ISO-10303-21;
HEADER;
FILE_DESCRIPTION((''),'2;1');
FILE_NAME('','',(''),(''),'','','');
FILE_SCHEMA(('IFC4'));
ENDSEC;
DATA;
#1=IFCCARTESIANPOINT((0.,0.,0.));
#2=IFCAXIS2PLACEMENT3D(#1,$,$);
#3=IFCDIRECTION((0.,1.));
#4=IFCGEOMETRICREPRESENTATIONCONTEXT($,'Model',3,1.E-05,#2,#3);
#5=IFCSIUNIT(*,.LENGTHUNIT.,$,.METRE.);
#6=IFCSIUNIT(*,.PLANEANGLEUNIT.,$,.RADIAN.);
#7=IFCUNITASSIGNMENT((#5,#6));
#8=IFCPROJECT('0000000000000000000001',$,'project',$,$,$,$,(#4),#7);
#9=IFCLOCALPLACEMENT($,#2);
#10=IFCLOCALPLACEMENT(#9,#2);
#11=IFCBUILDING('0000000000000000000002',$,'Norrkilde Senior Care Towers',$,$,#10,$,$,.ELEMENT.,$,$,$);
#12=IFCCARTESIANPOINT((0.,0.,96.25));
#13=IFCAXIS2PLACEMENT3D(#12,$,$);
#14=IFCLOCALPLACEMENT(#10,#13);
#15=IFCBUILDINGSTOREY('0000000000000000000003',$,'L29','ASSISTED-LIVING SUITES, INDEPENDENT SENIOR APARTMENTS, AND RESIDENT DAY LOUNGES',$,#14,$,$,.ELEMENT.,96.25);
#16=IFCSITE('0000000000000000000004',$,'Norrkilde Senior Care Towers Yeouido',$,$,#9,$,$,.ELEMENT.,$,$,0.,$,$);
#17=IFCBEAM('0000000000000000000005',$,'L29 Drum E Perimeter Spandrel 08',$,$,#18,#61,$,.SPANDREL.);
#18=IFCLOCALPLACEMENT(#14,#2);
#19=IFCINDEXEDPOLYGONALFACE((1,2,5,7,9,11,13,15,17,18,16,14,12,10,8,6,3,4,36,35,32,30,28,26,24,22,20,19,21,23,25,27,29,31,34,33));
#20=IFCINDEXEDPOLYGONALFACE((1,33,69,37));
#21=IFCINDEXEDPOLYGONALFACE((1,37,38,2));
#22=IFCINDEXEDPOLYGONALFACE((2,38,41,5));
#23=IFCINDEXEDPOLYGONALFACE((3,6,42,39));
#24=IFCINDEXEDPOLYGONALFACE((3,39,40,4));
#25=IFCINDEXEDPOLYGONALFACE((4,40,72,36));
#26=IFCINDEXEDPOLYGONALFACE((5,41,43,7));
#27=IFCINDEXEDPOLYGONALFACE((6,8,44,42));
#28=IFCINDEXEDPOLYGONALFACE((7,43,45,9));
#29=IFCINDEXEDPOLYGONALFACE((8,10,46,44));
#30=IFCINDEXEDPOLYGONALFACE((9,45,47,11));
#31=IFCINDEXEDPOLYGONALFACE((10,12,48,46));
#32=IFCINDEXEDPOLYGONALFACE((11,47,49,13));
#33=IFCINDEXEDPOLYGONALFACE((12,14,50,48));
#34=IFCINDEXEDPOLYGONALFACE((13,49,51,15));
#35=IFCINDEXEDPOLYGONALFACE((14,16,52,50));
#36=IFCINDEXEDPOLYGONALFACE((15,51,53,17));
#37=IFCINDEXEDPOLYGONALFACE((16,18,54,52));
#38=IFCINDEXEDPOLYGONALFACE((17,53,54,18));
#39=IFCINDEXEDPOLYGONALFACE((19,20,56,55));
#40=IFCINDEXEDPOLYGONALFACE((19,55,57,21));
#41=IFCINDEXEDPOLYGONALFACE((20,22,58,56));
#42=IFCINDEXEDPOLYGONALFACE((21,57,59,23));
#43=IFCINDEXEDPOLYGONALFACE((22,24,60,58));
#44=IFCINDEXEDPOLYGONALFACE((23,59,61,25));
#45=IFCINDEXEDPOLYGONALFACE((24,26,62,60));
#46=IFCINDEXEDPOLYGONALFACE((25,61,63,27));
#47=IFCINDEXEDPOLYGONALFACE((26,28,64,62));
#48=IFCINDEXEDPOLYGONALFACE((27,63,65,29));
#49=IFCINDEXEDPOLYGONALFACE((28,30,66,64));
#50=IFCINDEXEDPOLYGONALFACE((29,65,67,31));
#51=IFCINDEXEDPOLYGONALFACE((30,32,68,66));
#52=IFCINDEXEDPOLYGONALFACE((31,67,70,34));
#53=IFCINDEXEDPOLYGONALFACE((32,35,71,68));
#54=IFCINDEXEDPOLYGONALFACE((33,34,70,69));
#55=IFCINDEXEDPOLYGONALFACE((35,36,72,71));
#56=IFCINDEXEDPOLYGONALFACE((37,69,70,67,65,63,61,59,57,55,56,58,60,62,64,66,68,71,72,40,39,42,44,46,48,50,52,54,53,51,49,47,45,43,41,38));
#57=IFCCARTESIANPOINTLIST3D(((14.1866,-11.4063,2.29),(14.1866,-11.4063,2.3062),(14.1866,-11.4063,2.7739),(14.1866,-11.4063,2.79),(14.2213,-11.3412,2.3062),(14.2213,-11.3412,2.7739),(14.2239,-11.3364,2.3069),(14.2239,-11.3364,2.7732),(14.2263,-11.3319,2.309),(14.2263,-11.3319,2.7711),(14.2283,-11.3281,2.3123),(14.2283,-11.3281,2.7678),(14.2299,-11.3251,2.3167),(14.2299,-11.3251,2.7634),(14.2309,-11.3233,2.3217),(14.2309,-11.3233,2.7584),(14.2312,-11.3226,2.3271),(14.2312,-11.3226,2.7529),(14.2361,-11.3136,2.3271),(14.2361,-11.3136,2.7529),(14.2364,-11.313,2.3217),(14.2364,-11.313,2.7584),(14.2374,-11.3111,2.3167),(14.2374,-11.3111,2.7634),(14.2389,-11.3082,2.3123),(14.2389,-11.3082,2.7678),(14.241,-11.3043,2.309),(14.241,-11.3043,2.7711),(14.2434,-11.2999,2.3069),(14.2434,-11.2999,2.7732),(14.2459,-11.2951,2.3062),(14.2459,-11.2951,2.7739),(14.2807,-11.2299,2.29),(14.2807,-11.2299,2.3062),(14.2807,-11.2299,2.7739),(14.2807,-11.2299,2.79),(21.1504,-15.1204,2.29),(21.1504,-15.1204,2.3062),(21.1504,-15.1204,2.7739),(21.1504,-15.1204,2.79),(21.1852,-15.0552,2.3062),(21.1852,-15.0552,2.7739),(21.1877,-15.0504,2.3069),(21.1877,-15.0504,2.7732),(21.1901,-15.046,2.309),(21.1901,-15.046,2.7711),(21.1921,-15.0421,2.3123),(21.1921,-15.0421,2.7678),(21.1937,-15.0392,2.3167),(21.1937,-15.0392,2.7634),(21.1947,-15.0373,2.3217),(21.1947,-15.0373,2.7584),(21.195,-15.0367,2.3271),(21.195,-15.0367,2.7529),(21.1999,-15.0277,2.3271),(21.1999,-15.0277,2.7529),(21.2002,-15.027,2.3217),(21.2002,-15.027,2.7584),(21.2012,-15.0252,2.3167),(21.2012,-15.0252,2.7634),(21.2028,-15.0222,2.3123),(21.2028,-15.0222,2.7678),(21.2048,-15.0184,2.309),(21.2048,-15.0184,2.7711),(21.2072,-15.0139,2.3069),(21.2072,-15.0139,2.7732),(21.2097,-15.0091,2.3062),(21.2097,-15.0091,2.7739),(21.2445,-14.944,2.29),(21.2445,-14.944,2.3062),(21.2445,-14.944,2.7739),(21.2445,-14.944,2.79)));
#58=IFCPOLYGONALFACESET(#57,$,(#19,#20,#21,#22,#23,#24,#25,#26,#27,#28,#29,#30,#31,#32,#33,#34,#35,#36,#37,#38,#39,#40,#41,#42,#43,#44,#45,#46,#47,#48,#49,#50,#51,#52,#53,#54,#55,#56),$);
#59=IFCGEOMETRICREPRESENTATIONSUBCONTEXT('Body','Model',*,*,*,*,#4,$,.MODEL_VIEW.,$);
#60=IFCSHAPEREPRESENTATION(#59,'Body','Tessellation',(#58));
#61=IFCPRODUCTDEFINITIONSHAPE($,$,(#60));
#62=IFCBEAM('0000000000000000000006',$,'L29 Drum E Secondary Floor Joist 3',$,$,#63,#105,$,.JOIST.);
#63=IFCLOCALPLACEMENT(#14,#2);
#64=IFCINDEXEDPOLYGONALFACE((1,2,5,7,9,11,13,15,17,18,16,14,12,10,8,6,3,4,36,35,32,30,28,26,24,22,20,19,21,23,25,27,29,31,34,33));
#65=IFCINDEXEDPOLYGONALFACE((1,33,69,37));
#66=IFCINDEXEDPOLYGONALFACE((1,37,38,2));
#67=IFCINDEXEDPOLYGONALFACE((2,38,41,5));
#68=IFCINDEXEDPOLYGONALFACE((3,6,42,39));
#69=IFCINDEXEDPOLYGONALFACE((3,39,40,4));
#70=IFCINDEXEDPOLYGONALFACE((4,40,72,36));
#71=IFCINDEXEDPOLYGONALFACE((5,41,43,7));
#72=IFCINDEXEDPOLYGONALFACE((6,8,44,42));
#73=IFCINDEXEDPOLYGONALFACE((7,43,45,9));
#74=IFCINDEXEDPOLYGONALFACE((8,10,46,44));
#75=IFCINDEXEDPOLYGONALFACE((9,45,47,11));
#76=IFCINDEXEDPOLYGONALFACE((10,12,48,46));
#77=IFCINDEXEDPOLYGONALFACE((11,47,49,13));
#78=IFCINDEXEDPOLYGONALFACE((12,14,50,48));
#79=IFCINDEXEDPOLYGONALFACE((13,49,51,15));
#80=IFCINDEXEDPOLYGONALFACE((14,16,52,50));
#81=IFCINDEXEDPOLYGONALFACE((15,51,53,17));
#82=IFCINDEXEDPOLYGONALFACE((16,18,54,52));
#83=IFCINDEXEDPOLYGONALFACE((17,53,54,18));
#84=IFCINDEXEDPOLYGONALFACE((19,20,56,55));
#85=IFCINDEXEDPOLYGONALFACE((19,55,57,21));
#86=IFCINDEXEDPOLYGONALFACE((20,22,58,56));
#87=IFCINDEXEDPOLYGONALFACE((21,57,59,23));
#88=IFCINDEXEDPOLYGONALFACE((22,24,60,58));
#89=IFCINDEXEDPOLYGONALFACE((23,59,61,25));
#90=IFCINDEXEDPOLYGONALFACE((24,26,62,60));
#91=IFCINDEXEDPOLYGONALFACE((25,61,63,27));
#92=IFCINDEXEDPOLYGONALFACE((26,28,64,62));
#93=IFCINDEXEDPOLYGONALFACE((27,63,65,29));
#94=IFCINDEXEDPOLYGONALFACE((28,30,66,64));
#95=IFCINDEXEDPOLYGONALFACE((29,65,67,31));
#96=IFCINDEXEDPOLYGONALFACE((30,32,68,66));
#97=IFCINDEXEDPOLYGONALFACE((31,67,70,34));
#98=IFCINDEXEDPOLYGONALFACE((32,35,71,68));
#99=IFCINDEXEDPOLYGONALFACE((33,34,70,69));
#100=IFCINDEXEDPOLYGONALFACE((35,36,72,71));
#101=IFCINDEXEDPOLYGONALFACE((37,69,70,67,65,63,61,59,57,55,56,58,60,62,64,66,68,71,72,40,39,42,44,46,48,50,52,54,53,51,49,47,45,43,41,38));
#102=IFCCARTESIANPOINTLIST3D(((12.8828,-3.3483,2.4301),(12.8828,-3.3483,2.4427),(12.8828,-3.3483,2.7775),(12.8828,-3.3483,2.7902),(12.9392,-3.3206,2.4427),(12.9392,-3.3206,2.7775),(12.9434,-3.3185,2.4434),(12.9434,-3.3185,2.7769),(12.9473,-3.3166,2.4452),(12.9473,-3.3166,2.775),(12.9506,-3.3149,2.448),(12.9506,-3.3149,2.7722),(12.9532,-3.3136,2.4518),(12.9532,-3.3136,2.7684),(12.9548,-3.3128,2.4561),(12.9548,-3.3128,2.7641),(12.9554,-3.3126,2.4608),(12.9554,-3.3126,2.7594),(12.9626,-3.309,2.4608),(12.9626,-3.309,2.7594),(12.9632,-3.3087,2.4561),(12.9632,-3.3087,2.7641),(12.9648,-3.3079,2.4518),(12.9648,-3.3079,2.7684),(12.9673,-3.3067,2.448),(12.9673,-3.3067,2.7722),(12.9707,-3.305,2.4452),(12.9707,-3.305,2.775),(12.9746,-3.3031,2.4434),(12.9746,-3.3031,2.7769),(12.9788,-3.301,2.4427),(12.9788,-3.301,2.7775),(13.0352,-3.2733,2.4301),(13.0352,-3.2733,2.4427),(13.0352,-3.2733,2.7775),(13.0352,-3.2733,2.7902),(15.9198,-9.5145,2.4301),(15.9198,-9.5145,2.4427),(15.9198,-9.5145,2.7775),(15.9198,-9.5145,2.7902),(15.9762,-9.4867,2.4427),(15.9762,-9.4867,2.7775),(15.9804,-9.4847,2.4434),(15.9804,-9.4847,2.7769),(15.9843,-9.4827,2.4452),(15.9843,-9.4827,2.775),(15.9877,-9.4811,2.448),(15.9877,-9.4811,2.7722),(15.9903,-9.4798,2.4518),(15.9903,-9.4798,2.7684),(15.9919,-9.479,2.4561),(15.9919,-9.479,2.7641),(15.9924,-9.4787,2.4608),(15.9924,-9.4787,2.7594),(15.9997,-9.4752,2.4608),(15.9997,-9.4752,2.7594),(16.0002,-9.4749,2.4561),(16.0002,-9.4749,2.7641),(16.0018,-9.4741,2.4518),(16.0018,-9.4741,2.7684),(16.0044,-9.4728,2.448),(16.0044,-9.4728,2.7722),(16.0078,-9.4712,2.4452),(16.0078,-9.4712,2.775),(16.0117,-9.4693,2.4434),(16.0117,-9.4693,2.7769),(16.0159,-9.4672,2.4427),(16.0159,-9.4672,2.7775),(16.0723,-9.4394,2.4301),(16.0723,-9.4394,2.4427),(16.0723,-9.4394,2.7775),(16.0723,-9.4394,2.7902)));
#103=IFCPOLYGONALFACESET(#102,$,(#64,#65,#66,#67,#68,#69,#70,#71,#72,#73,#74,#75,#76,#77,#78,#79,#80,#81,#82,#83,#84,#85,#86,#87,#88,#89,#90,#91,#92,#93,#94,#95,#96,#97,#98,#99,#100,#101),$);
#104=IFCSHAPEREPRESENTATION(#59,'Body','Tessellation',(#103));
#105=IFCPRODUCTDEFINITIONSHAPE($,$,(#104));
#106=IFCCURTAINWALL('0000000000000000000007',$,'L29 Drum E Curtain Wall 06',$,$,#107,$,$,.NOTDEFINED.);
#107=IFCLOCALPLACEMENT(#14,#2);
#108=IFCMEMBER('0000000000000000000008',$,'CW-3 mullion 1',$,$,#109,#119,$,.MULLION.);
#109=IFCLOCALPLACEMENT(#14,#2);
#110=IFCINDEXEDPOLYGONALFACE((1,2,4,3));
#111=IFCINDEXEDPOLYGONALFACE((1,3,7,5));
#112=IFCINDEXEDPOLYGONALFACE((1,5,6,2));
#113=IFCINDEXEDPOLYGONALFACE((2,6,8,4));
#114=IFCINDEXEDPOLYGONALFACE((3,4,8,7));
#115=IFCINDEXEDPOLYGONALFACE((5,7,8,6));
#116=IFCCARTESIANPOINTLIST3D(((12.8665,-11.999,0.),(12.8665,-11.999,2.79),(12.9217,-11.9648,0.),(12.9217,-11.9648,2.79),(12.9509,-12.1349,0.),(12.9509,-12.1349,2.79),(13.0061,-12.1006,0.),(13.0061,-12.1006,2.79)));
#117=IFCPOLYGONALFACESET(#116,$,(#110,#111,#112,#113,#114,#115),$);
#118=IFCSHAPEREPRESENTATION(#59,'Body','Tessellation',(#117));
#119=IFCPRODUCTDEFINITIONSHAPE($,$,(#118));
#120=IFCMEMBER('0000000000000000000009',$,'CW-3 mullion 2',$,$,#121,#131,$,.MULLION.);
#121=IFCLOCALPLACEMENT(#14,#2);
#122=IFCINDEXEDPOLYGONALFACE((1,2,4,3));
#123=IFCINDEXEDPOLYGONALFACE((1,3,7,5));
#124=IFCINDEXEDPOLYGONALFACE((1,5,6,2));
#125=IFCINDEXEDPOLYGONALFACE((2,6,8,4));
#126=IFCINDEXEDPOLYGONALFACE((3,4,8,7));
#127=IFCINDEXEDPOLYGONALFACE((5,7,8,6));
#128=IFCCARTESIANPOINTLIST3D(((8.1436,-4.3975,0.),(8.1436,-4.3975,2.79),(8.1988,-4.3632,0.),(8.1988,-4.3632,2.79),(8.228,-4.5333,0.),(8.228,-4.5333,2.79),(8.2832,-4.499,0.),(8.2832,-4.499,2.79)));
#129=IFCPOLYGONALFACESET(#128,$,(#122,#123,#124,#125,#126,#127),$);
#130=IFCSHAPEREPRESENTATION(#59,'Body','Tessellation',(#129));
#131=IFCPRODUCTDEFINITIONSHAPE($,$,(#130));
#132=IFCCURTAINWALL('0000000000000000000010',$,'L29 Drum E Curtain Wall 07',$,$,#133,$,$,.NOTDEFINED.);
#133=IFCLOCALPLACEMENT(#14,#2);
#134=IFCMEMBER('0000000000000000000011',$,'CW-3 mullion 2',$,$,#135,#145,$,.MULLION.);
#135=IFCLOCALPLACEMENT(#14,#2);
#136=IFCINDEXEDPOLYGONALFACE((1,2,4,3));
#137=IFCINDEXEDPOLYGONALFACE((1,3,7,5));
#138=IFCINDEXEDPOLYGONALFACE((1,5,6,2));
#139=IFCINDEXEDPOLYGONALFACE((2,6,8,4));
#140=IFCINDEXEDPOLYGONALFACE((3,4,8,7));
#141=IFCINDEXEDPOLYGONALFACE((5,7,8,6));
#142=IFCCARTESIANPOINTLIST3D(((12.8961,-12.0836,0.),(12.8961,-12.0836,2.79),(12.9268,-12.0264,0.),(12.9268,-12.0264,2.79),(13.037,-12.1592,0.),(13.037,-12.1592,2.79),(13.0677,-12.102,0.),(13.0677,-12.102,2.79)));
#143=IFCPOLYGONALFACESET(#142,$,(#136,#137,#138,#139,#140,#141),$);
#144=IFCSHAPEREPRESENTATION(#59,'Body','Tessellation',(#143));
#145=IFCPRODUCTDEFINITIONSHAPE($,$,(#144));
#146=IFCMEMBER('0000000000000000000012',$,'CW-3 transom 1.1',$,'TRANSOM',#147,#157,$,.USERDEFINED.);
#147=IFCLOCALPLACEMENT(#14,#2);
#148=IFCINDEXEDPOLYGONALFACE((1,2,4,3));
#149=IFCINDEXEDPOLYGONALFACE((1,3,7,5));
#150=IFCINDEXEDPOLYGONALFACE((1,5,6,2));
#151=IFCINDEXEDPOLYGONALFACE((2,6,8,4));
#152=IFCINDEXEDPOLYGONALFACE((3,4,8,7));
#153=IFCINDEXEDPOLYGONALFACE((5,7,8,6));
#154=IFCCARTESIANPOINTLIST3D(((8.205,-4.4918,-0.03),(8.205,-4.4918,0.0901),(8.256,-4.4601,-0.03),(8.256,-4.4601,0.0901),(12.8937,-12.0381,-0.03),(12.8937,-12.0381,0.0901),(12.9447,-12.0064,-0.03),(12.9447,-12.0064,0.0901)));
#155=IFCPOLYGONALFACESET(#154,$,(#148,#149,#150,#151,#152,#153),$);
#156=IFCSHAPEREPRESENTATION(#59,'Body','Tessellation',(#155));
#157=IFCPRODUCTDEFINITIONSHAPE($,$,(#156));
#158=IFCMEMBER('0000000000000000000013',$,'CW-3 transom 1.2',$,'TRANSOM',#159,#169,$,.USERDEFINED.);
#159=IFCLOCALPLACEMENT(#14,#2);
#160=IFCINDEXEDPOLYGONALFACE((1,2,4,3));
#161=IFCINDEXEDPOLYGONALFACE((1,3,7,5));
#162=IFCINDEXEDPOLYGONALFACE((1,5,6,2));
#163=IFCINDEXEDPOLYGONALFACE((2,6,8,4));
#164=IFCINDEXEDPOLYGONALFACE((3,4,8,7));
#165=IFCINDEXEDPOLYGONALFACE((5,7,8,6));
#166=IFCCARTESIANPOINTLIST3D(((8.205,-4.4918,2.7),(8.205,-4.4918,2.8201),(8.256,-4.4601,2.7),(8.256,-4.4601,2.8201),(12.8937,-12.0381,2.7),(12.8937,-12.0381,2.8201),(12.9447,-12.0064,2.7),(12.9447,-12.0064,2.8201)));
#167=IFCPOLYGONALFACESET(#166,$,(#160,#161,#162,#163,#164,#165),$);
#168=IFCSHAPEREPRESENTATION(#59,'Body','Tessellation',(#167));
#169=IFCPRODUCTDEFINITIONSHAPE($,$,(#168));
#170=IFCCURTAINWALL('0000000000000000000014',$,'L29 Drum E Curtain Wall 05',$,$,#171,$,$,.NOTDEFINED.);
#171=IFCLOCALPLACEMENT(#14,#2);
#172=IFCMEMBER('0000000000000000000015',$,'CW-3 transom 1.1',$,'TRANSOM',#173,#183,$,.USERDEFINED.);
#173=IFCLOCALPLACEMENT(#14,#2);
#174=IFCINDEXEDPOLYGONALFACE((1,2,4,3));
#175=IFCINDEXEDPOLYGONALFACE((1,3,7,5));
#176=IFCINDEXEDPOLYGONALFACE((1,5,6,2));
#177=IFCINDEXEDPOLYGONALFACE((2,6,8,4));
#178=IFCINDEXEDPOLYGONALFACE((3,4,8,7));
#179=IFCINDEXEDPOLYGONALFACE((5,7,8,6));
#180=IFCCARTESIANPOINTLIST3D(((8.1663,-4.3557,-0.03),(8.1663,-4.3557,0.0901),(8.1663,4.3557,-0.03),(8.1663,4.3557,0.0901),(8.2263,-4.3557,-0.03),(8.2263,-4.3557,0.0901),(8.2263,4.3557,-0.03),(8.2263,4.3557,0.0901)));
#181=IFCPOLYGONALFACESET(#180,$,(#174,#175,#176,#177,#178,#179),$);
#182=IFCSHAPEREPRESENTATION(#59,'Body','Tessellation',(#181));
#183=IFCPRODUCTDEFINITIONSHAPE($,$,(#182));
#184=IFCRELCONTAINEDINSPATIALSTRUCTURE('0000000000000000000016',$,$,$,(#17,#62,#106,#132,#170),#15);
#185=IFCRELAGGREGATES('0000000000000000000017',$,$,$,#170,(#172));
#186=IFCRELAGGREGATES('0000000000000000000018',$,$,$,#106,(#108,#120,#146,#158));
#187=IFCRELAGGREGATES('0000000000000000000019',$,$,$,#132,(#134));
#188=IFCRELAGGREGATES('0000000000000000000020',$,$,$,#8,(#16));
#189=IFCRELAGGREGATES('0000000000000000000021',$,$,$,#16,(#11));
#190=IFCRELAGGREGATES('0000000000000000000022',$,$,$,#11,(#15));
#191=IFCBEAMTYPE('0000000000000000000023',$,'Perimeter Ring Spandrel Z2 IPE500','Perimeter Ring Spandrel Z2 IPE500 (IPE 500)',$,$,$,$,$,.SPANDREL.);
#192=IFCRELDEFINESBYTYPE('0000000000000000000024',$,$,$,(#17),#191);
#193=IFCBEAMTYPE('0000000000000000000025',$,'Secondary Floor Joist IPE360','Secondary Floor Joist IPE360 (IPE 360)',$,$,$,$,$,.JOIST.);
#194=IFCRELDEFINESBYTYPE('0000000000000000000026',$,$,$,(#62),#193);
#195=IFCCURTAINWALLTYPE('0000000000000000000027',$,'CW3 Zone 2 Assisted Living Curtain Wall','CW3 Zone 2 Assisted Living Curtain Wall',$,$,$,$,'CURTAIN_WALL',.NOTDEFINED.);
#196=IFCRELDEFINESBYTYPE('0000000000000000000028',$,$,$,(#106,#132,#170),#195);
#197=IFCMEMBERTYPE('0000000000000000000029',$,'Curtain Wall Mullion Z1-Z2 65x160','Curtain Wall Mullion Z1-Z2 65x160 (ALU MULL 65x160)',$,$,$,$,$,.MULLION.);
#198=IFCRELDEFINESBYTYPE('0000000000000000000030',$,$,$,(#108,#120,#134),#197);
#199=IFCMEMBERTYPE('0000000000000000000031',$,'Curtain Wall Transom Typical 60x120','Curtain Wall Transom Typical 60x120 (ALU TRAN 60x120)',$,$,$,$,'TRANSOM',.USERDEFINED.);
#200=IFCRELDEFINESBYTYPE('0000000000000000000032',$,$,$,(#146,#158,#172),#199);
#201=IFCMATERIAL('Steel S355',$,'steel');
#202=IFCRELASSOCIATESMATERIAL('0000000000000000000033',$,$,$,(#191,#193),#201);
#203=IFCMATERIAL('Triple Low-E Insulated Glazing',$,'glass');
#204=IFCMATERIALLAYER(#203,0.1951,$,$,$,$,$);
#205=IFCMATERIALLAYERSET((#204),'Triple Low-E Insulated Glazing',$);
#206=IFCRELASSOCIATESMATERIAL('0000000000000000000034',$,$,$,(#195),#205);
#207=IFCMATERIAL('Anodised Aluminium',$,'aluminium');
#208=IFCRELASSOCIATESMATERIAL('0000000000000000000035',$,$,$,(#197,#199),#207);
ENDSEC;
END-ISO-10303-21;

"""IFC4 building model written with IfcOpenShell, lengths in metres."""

from ifc_helpers import new_model, si_unit, direction, frame, origin, origin_2d, place, context, subcontext, project, spatial, rectangle, i_section, extrude, source, transform, mapped, material, layer, layer_set, material_profile, profile_set, type_object, type_shapes, element, aggregate, save


model = new_model("IFC4")

# Units and contexts
model_context = context("Model", 3, precision=1e-05, world=origin(), true_north=direction((0.0, 1.0)))
body_context = subcontext(model_context, "Body", "Model", "MODEL_VIEW")
ifc_project = project(units=[si_unit("LENGTHUNIT", "METRE"), si_unit("PLANEANGLEUNIT", "RADIAN")], contexts=[model_context])

# Site, building, storey
site_placement = place(None, origin())
site = spatial("IfcSite", under=ifc_project, at=site_placement, Name="Norrkilde Senior Care Towers Yeouido", CompositionType="ELEMENT", RefElevation=0.0)
building_placement = place(site_placement, origin())
building = spatial("IfcBuilding", under=site, at=building_placement, Name="Norrkilde Senior Care Towers", CompositionType="ELEMENT")
storey_placement = place(building_placement, frame((0.0, 0.0, 96.25)))
storey = spatial("IfcBuildingStorey", under=building, at=storey_placement, Name="L29", Description="ASSISTED-LIVING SUITES, INDEPENDENT SENIOR APARTMENTS, AND RESIDENT DAY LOUNGES", CompositionType="ELEMENT", Elevation=96.25)

# Beams
ifc_material_1 = material(Name="Steel S355", Category="steel")
ifc_material_profile_1 = material_profile(ifc_material_1, i_section(OverallWidth=0.2, OverallDepth=0.5, WebThickness=0.0103, FlangeThickness=0.0161, FilletRadius=0.021, at=origin_2d()), Name="IPE 500")
ifc_profile_set_1 = profile_set([ifc_material_profile_1], Name="Steel S355")
beam_type_1 = type_object("IfcBeamType", Name="Perimeter Ring Spandrel Z2 IPE500", Description="Perimeter Ring Spandrel Z2 IPE500 (IPE 500)", PredefinedType="SPANDREL", material=ifc_profile_set_1)
shared_shape_1 = source(origin(), body_context, "Body", "SweptSolid", [
    extrude(i_section(OverallWidth=0.2, OverallDepth=0.5, WebThickness=0.0103, FlangeThickness=0.0161, FilletRadius=0.021, at=origin_2d()), origin(), (0.0, 0.0, 1.0), 7.8923),
])
beam_1_placement = place(storey_placement, frame((14.2336, -11.3181, 2.54), z_axis=(0.88235, -0.470593, 0.0), x_axis=(0.470593, 0.88235, 0.0)))
element("IfcBeam", 1, at=beam_1_placement, inside=storey, type_object=beam_type_1, Name="L29 Drum E Perimeter Spandrel 08", PredefinedType="SPANDREL", context=body_context, shape_type="MappedRepresentation", body=[
    mapped(shared_shape_1, transform((0.0, 0.0, 0.0), x_axis=(1.0, 0.0, 0.0), y_axis=(0.0, 1.0, 0.0), z_axis=(0.0, 0.0, 1.0), scale=1.0)),
])
ifc_material_profile_2 = material_profile(ifc_material_1, i_section(OverallWidth=0.1699, OverallDepth=0.3601, WebThickness=0.0081, FlangeThickness=0.0127, FilletRadius=0.0181, at=origin_2d()), Name="IPE 360")
ifc_profile_set_2 = profile_set([ifc_material_profile_2], Name="Steel S355")
beam_type_2 = type_object("IfcBeamType", Name="Secondary Floor Joist IPE360", Description="Secondary Floor Joist IPE360 (IPE 360)", PredefinedType="JOIST", material=ifc_profile_set_2)
shared_shape_2 = source(origin(), body_context, "Body", "SweptSolid", [
    extrude(i_section(OverallWidth=0.1699, OverallDepth=0.3601, WebThickness=0.0081, FlangeThickness=0.0127, FilletRadius=0.0181, at=origin_2d()), origin(), (0.0, 0.0, 1.0), 6.8735),
])
type_shapes(beam_type_2, [shared_shape_2])
beam_2_placement = place(storey_placement, frame((12.959, -3.3108, 2.6101), z_axis=(0.441849, -0.897089, 0.0), x_axis=(0.897089, 0.441849, 0.0)))
element("IfcBeam", 2, at=beam_2_placement, inside=storey, type_object=beam_type_2, Name="L29 Drum E Secondary Floor Joist 3", PredefinedType="JOIST", context=body_context, shape_type="MappedRepresentation", body=[
    mapped(shared_shape_2, transform((0.0, 0.0, 0.0), x_axis=(1.0, 0.0, 0.0), y_axis=(0.0, 1.0, 0.0), z_axis=(0.0, 0.0, 1.0), scale=1.0)),
])

# Curtain wall, members
ifc_material_2 = material(Name="Triple Low-E Insulated Glazing", Category="glass")
ifc_layer_1 = layer(ifc_material_2, 0.1951)
ifc_layer_set_1 = layer_set([ifc_layer_1], Name="Triple Low-E Insulated Glazing")
curtain_wall_type = type_object("IfcCurtainWallType", Name="CW3 Zone 2 Assisted Living Curtain Wall", Description="CW3 Zone 2 Assisted Living Curtain Wall", ElementType="CURTAIN_WALL", PredefinedType="NOTDEFINED", material=ifc_layer_set_1)
curtain_wall_1_placement = place(storey_placement, origin())
curtain_wall_1 = element("IfcCurtainWall", 3, at=curtain_wall_1_placement, inside=storey, type_object=curtain_wall_type, Name="L29 Drum E Curtain Wall 06", PredefinedType="NOTDEFINED")
ifc_material_3 = material(Name="Anodised Aluminium", Category="aluminium")
ifc_material_profile_3 = material_profile(ifc_material_3, rectangle(XDim=0.0649, YDim=0.1599, at=origin_2d()), Name="ALU MULL 65x160")
ifc_profile_set_3 = profile_set([ifc_material_profile_3], Name="Anodised Aluminium")
member_type_1 = type_object("IfcMemberType", Name="Curtain Wall Mullion Z1-Z2 65x160", Description="Curtain Wall Mullion Z1-Z2 65x160 (ALU MULL 65x160)", PredefinedType="MULLION", material=ifc_profile_set_3)
shared_shape_3 = source(origin(), body_context, "Body", "SweptSolid", [
    extrude(rectangle(XDim=0.0649, YDim=0.1599, at=origin_2d()), origin(), (0.0, 0.0, 1.0), 2.79),
])
type_shapes(member_type_1, [shared_shape_3])
member_1_placement = place(storey_placement, frame((12.9363, -12.0498, 0.0), z_axis=(0.0, 0.0, 1.0), x_axis=(-0.84941, -0.527733, 0.0)))
member_1 = element("IfcMember", 4, at=member_1_placement, type_object=member_type_1, Name="CW-3 mullion 1", PredefinedType="MULLION", context=body_context, shape_type="MappedRepresentation", body=[
    mapped(shared_shape_3, transform((0.0, 0.0, 0.0), x_axis=(1.0, 0.0, 0.0), y_axis=(0.0, 1.0, 0.0), z_axis=(0.0, 0.0, 1.0), scale=1.0)),
])
member_2_placement = place(storey_placement, frame((8.2134, -4.4482, 0.0), z_axis=(0.0, 0.0, 1.0), x_axis=(-0.84941, -0.527733, 0.0)))
member_2 = element("IfcMember", 5, at=member_2_placement, type_object=member_type_1, Name="CW-3 mullion 2", PredefinedType="MULLION", context=body_context, shape_type="MappedRepresentation", body=[
    mapped(shared_shape_3, transform((0.0, 0.0, 0.0), x_axis=(1.0, 0.0, 0.0), y_axis=(0.0, 1.0, 0.0), z_axis=(0.0, 0.0, 1.0), scale=1.0)),
])

# Curtain wall, member
curtain_wall_2_placement = place(storey_placement, origin())
curtain_wall_2 = element("IfcCurtainWall", 6, at=curtain_wall_2_placement, inside=storey, type_object=curtain_wall_type, Name="L29 Drum E Curtain Wall 07", PredefinedType="NOTDEFINED")
member_3_placement = place(storey_placement, frame((12.9819, -12.0928, 0.0), z_axis=(0.0, 0.0, 1.0), x_axis=(-0.472769, -0.881186, 0.0)))
member_3 = element("IfcMember", 7, at=member_3_placement, type_object=member_type_1, Name="CW-3 mullion 2", PredefinedType="MULLION", context=body_context, shape_type="MappedRepresentation", body=[
    mapped(shared_shape_3, transform((0.0, 0.0, 0.0), x_axis=(1.0, 0.0, 0.0), y_axis=(0.0, 1.0, 0.0), z_axis=(0.0, 0.0, 1.0), scale=1.0)),
])

# Members
ifc_material_profile_4 = material_profile(ifc_material_3, rectangle(XDim=0.0601, YDim=0.1201, at=origin_2d()), Name="ALU TRAN 60x120")
ifc_profile_set_4 = profile_set([ifc_material_profile_4], Name="Anodised Aluminium")
member_type_2 = type_object("IfcMemberType", Name="Curtain Wall Transom Typical 60x120", Description="Curtain Wall Transom Typical 60x120 (ALU TRAN 60x120)", ElementType="TRANSOM", PredefinedType="USERDEFINED", material=ifc_profile_set_4)
shared_shape_4 = source(origin(), body_context, "Body", "SweptSolid", [
    extrude(rectangle(XDim=0.0601, YDim=0.1201, at=origin_2d()), origin(), (0.0, 0.0, 1.0), 8.8843),
])
member_4_placement = place(storey_placement, frame((12.9192, -12.0222, 0.03), z_axis=(-0.527749, 0.8494, 0.0), x_axis=(-0.8494, -0.527749, 0.0)))
member_4 = element("IfcMember", 8, at=member_4_placement, type_object=member_type_2, Name="CW-3 transom 1.1", ObjectType="TRANSOM", PredefinedType="USERDEFINED", context=body_context, shape_type="MappedRepresentation", body=[
    mapped(shared_shape_4, transform((0.0, 0.0, 0.0), x_axis=(1.0, 0.0, 0.0), y_axis=(0.0, 1.0, 0.0), z_axis=(0.0, 0.0, 1.0), scale=1.0)),
])
member_5_placement = place(storey_placement, frame((12.9192, -12.0222, 2.76), z_axis=(-0.527749, 0.8494, 0.0), x_axis=(-0.8494, -0.527749, 0.0)))
member_5 = element("IfcMember", 9, at=member_5_placement, type_object=member_type_2, Name="CW-3 transom 1.2", ObjectType="TRANSOM", PredefinedType="USERDEFINED", context=body_context, shape_type="MappedRepresentation", body=[
    mapped(shared_shape_4, transform((0.0, 0.0, 0.0), x_axis=(1.0, 0.0, 0.0), y_axis=(0.0, 1.0, 0.0), z_axis=(0.0, 0.0, 1.0), scale=1.0)),
])

# Curtain wall, member
curtain_wall_3_placement = place(storey_placement, origin())
curtain_wall_3 = element("IfcCurtainWall", 10, at=curtain_wall_3_placement, inside=storey, type_object=curtain_wall_type, Name="L29 Drum E Curtain Wall 05", PredefinedType="NOTDEFINED")
shared_shape_5 = source(origin(), body_context, "Body", "SweptSolid", [
    extrude(rectangle(XDim=0.0601, YDim=0.1201, at=origin_2d()), origin(), (0.0, 0.0, 1.0), 8.7114),
])
type_shapes(member_type_2, [shared_shape_4, shared_shape_5])
member_6_placement = place(storey_placement, frame((8.1963, -4.3557, 0.03), z_axis=(0.0, 1.0, 0.0), x_axis=(-1.0, 0.0, 0.0)))
member_6 = element("IfcMember", 11, at=member_6_placement, type_object=member_type_2, Name="CW-3 transom 1.1", ObjectType="TRANSOM", PredefinedType="USERDEFINED", context=body_context, shape_type="MappedRepresentation", body=[
    mapped(shared_shape_5, transform((0.0, 0.0, 0.0), x_axis=(1.0, 0.0, 0.0), y_axis=(0.0, 1.0, 0.0), z_axis=(0.0, 0.0, 1.0), scale=1.0)),
])
aggregate(curtain_wall_3, [member_6])

aggregate(curtain_wall_1, [member_1, member_2, member_4, member_5])
aggregate(curtain_wall_2, [member_3])

save(model, "model.ifc")
